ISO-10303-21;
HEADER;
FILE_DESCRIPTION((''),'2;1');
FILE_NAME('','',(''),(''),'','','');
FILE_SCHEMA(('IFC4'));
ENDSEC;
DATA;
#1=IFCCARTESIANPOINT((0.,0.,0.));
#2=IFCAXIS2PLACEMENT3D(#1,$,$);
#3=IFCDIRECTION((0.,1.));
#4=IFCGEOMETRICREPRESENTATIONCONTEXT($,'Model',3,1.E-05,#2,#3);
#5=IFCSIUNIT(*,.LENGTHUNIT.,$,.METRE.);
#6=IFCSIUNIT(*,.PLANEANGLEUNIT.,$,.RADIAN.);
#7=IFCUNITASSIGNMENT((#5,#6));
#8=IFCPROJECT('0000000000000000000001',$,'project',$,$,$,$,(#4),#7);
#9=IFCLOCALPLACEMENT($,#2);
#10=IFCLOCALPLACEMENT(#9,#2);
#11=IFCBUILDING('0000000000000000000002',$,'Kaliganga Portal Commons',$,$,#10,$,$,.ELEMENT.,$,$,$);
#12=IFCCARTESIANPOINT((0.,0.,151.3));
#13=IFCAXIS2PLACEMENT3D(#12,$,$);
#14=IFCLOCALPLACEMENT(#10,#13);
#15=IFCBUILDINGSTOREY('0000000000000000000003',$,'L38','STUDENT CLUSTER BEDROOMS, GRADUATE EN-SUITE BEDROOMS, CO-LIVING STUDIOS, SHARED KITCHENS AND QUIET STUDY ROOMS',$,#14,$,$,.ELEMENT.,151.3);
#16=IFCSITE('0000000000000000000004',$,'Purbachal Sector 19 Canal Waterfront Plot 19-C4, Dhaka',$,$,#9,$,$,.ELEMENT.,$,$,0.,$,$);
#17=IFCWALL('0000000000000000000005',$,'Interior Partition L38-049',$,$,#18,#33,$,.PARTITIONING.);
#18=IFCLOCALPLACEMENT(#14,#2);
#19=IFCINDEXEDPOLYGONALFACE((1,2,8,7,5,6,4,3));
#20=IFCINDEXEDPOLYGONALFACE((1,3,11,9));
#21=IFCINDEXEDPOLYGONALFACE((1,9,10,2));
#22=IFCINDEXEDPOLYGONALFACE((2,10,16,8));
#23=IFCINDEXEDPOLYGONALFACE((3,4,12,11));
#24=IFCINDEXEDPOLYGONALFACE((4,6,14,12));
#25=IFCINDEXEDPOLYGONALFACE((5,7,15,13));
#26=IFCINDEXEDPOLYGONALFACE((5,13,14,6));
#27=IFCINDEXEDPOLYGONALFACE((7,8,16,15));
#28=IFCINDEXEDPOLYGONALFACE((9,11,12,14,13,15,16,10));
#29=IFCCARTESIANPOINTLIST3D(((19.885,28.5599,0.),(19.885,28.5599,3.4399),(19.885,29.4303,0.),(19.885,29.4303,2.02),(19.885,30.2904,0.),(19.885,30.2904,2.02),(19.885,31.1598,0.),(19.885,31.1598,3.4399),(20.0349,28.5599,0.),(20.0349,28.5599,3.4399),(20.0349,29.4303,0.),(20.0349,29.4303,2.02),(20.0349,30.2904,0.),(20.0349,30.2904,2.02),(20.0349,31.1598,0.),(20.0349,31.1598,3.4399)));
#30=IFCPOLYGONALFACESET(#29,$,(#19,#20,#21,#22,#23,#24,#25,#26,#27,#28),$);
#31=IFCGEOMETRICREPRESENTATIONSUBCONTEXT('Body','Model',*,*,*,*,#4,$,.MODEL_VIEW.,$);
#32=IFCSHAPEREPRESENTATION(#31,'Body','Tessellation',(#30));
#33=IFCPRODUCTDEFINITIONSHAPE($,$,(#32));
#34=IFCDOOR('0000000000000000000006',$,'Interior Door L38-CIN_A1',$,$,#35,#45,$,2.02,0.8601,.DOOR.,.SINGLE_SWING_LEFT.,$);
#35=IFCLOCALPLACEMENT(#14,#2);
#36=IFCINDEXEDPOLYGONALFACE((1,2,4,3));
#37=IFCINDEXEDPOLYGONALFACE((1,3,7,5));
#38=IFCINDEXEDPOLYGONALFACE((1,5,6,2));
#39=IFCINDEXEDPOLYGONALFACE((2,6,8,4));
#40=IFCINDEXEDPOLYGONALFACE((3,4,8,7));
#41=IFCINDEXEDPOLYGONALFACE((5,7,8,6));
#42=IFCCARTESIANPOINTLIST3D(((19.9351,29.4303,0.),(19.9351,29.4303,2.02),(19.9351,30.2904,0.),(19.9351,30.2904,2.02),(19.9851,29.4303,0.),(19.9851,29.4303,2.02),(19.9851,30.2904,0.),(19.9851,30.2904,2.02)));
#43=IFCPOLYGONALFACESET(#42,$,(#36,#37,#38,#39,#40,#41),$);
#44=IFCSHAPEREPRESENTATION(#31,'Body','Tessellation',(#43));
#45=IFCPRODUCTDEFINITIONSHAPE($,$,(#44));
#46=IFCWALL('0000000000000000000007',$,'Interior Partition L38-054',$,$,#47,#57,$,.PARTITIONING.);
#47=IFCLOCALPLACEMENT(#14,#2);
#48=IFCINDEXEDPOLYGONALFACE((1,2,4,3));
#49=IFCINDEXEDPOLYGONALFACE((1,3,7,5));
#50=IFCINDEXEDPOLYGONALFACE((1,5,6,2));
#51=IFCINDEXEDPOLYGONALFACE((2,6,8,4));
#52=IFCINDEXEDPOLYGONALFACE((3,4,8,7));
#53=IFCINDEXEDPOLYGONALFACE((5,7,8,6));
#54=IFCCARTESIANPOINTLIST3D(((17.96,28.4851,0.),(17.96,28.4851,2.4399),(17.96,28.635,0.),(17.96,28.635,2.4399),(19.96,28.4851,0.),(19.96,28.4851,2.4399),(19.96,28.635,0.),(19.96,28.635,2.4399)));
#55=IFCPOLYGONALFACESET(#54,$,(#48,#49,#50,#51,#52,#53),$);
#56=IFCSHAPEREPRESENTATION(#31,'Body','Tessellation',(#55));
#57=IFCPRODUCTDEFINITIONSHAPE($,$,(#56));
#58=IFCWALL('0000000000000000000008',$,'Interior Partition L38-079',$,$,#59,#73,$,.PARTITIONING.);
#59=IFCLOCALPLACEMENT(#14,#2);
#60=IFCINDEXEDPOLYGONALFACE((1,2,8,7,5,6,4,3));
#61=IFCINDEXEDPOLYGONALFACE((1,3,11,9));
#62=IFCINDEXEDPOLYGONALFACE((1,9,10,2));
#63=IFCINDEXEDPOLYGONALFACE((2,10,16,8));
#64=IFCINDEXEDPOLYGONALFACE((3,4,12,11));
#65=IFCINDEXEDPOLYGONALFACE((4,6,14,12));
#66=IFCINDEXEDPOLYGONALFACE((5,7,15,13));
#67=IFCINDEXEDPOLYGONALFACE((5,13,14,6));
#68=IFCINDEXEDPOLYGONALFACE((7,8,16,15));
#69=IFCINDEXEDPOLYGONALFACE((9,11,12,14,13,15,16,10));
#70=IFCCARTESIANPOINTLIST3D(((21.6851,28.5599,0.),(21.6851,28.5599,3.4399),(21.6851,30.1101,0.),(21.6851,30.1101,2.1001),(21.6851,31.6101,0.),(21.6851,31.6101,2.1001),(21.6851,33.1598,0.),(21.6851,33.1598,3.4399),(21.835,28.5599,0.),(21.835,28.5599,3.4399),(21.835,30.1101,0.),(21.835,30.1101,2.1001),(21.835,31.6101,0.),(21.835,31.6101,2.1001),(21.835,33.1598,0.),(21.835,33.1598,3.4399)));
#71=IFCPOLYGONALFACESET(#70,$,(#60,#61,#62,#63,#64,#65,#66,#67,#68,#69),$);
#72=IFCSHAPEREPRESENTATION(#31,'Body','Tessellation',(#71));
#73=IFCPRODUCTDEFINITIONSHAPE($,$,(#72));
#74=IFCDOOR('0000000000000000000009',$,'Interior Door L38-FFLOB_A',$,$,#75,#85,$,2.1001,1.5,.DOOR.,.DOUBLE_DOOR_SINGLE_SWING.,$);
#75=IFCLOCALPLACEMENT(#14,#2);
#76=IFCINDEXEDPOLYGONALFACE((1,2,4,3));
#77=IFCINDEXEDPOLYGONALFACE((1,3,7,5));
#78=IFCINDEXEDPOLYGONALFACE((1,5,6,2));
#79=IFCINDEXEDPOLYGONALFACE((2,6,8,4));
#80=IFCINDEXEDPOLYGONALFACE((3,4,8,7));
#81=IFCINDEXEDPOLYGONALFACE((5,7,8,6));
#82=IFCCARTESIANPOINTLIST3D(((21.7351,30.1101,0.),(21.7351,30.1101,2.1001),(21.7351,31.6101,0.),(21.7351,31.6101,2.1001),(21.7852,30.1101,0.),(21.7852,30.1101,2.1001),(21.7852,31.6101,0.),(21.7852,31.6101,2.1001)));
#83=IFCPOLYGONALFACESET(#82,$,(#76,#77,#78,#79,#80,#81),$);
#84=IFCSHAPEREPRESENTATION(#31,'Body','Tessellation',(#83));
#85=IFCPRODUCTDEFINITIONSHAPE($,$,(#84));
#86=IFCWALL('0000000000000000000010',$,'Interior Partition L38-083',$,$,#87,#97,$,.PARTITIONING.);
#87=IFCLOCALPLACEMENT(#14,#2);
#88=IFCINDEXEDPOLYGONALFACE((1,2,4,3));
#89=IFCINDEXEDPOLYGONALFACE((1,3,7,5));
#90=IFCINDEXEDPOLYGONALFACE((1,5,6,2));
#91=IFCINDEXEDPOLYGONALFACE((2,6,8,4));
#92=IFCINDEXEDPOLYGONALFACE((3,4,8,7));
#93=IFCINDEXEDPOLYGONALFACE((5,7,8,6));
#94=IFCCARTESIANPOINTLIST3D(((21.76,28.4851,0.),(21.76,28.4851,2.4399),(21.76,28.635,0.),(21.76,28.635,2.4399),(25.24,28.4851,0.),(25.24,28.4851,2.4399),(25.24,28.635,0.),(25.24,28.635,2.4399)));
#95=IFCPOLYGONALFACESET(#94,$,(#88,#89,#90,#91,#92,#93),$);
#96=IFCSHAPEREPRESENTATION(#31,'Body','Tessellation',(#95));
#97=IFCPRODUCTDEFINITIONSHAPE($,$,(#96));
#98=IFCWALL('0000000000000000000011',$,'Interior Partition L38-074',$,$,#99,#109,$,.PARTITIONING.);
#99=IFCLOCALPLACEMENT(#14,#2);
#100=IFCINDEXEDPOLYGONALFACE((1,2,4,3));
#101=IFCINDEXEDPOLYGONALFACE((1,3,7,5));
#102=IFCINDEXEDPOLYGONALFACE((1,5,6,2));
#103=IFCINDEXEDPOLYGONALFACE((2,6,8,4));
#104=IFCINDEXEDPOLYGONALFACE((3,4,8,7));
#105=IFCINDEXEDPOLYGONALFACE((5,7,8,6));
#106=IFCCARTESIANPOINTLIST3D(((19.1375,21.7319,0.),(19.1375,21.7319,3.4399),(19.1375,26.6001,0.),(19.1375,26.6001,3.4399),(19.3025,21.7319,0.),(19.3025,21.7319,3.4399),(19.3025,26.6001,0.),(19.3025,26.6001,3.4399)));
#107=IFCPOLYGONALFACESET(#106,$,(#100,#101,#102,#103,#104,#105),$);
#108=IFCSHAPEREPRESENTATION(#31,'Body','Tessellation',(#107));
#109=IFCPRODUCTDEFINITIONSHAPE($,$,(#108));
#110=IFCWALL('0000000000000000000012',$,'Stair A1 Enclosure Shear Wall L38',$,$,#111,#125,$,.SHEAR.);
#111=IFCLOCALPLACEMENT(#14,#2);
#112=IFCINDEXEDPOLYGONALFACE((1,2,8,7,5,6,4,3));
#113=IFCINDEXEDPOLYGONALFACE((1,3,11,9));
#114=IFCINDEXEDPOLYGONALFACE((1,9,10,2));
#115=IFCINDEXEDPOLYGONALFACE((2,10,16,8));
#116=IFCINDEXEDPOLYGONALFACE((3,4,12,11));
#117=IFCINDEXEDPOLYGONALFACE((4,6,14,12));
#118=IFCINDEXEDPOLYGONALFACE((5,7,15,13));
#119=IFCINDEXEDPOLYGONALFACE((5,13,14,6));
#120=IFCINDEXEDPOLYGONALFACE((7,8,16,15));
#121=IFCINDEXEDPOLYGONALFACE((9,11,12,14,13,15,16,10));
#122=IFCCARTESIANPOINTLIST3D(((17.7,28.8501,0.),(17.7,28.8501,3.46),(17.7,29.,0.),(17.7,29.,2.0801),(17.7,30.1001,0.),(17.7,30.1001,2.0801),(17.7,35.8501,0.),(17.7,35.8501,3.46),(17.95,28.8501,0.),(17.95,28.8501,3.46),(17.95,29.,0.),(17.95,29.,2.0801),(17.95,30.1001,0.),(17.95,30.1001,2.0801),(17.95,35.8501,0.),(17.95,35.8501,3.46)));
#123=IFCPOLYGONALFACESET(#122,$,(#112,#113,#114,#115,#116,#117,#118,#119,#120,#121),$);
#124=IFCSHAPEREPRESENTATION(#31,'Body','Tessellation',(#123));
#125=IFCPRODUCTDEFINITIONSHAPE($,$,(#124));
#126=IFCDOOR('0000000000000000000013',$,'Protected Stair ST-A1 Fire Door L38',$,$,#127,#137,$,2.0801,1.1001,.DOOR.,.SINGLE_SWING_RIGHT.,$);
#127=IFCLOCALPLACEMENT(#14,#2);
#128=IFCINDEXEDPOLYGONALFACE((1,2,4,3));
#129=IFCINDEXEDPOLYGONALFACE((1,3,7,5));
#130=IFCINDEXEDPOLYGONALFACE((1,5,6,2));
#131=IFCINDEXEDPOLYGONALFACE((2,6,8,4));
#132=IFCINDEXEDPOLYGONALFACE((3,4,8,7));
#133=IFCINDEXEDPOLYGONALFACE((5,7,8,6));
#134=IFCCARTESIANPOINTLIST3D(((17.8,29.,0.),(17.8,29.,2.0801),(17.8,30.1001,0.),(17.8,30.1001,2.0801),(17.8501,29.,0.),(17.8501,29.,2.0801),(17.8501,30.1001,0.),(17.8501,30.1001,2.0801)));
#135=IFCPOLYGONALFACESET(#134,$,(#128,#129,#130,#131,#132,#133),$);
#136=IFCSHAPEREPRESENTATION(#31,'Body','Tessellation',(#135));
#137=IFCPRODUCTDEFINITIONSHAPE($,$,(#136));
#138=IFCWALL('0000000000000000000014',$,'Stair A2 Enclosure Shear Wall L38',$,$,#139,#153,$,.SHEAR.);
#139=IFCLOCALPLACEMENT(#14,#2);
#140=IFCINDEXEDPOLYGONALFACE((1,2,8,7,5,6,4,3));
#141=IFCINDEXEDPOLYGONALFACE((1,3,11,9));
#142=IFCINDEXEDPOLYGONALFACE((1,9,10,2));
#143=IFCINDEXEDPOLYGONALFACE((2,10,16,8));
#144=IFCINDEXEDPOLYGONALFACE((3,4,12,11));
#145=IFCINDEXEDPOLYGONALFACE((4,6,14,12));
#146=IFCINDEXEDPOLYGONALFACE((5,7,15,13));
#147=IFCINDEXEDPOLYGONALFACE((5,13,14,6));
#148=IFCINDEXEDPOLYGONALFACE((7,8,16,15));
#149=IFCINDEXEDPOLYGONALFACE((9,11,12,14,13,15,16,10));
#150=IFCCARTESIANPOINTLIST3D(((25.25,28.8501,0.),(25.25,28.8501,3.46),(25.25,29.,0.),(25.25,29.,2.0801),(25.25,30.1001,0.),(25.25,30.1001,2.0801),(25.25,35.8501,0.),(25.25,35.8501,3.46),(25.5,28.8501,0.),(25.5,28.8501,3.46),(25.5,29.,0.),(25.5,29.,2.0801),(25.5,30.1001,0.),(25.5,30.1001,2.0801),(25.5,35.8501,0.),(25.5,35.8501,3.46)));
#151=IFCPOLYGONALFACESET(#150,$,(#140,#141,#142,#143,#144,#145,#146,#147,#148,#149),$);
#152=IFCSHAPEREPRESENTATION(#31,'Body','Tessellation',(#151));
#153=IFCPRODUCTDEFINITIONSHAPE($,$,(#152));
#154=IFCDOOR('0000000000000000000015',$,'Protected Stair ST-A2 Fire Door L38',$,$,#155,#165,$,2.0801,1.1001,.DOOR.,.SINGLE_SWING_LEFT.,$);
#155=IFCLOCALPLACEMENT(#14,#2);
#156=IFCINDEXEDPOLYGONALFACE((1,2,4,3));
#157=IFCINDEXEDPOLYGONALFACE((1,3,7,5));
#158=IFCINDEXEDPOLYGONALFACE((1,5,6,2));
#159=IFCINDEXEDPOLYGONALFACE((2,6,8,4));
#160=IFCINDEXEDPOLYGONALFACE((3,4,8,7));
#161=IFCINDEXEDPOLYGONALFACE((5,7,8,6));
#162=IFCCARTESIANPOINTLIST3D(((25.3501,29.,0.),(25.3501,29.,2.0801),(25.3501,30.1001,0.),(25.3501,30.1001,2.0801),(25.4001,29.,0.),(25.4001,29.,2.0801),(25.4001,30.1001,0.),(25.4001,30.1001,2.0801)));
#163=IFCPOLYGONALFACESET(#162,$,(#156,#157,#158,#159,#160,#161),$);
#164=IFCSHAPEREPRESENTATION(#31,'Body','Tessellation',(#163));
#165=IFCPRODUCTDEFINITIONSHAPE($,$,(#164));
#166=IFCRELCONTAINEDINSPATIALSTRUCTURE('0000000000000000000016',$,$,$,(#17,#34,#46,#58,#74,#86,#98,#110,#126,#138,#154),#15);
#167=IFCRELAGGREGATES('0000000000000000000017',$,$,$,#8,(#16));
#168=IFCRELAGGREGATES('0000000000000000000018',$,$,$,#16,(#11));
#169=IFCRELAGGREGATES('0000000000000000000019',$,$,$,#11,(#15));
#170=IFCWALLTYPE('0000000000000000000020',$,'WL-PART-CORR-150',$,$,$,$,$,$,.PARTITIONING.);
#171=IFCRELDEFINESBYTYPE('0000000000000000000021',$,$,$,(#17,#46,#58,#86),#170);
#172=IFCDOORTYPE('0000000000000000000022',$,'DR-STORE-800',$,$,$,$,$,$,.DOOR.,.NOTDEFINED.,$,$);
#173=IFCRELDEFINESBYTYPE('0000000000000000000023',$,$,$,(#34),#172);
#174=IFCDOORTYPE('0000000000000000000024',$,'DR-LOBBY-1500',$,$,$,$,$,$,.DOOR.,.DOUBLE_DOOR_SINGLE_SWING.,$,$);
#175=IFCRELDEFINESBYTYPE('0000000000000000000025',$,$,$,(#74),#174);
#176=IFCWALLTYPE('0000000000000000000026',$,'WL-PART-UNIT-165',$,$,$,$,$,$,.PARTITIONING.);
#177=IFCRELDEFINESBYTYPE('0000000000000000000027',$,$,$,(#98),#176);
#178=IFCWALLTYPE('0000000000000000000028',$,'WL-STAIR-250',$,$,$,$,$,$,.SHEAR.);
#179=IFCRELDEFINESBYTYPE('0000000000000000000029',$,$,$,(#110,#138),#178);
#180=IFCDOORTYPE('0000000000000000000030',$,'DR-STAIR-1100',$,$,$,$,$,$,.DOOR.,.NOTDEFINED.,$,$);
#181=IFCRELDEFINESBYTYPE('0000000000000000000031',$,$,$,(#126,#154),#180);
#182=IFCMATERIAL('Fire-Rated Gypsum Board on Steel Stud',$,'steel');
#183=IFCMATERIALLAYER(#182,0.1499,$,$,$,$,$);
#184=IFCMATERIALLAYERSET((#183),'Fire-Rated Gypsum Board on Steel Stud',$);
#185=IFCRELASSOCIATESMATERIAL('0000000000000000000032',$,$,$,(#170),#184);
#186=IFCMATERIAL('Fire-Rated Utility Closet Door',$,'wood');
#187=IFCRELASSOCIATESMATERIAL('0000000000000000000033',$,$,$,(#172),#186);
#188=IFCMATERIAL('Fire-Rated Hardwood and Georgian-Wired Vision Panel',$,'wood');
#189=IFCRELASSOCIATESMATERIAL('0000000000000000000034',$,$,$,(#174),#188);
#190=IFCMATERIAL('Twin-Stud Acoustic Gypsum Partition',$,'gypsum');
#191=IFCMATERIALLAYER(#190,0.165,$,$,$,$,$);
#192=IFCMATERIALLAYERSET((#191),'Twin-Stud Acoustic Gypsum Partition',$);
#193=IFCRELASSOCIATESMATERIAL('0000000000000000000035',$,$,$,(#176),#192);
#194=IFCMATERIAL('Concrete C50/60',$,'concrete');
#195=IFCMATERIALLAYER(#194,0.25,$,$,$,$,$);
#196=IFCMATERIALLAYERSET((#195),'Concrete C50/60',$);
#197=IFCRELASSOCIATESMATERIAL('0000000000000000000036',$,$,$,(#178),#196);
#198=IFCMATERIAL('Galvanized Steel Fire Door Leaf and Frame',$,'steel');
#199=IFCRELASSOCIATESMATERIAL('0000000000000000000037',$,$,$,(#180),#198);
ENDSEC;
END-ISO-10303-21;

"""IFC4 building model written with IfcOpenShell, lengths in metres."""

from ifc_helpers import new_model, si_unit, direction, frame, frame_2d, origin, place, context, subcontext, project, spatial, rectangle, extrude, material, layer, layer_set, type_object, element, fill, save


model = new_model("IFC4")

# Units and contexts
model_context = context("Model", 3, precision=1e-05, world=origin(), true_north=direction((0.0, 1.0)))
body_context = subcontext(model_context, "Body", "Model", "MODEL_VIEW")
ifc_project = project(units=[si_unit("LENGTHUNIT", "METRE"), si_unit("PLANEANGLEUNIT", "RADIAN")], contexts=[model_context])

# Site, building, storey
site_placement = place(None, origin())
site = spatial("IfcSite", under=ifc_project, at=site_placement, Name="Purbachal Sector 19 Canal Waterfront Plot 19-C4, Dhaka", CompositionType="ELEMENT", RefElevation=0.0)
building_placement = place(site_placement, origin())
building = spatial("IfcBuilding", under=site, at=building_placement, Name="Kaliganga Portal Commons", CompositionType="ELEMENT")
storey_placement = place(building_placement, frame((0.0, 0.0, 151.3)))
storey = spatial("IfcBuildingStorey", under=building, at=storey_placement, Name="L38", Description="STUDENT CLUSTER BEDROOMS, GRADUATE EN-SUITE BEDROOMS, CO-LIVING STUDIOS, SHARED KITCHENS AND QUIET STUDY ROOMS", CompositionType="ELEMENT", Elevation=151.3)

# Shared definitions
ifc_material_1 = material(Name="Concrete C50/60", Category="concrete")

# Wall, opening, door
ifc_material_2 = material(Name="Fire-Rated Gypsum Board on Steel Stud", Category="steel")
ifc_layer_1 = layer(ifc_material_2, 0.1499)
ifc_layer_set_1 = layer_set([ifc_layer_1], Name="Fire-Rated Gypsum Board on Steel Stud")
wall_type_1 = type_object("IfcWallType", Name="WL-PART-CORR-150", PredefinedType="PARTITIONING", material=ifc_layer_set_1)
wall_1_placement = place(storey_placement, frame((19.96, 28.5601, 0.0), z_axis=(0.0, 0.0, 1.0), x_axis=(0.0, 1.0, 0.0)))
wall_1 = element("IfcWall", 1, at=wall_1_placement, inside=storey, type_object=wall_type_1, Name="Interior Partition L38-049", PredefinedType="PARTITIONING", context=body_context, shape_type="SweptSolid", body=[
    extrude(rectangle(XDim=2.5999, YDim=0.1499, at=frame_2d((1.2998, 0.0))), origin(), (0.0, 0.0, 1.0), 3.4399),
])
opening_1_placement = place(wall_1_placement, frame((0.8701, 0.0, 0.0)))
opening_1 = element("IfcOpeningElement", 2, at=opening_1_placement, cuts=wall_1, PredefinedType="OPENING", context=body_context, shape_type="SweptSolid", body=[
    extrude(rectangle(XDim=0.8601, YDim=2.02, at=frame_2d((0.4302, 1.01))), frame((0.0, 0.085, 0.0), z_axis=(0.0, -1.0, 0.0), x_axis=(1.0, 0.0, 0.0)), (0.0, 0.0, 1.0), 0.1699),
])
ifc_material_3 = material(Name="Fire-Rated Utility Closet Door", Category="wood")
door_type_1 = type_object("IfcDoorType", Name="DR-STORE-800", OperationType="NOTDEFINED", PredefinedType="DOOR", material=ifc_material_3)
door_1_placement = place(opening_1_placement, origin())
door_1 = element("IfcDoor", 3, at=door_1_placement, inside=storey, type_object=door_type_1, Name="Interior Door L38-CIN_A1", OperationType="SINGLE_SWING_LEFT", OverallHeight=2.02, OverallWidth=0.8601, PredefinedType="DOOR", context=body_context, shape_type="SweptSolid", body=[
    extrude(rectangle(XDim=0.8601, YDim=2.02, at=frame_2d((0.4302, 1.01))), frame((0.0, 0.0249, 0.0), z_axis=(0.0, -1.0, 0.0), x_axis=(1.0, 0.0, 0.0)), (0.0, 0.0, 1.0), 0.05),
])
fill(opening_1, door_1)

# Wall
wall_2_placement = place(storey_placement, frame((17.96, 28.5601, 0.0), z_axis=(0.0, 0.0, 1.0), x_axis=(1.0, 0.0, 0.0)))
element("IfcWall", 4, at=wall_2_placement, inside=storey, type_object=wall_type_1, Name="Interior Partition L38-054", PredefinedType="PARTITIONING", context=body_context, shape_type="SweptSolid", body=[
    extrude(rectangle(XDim=2.0, YDim=0.1499, at=frame_2d((1.0, 0.0))), origin(), (0.0, 0.0, 1.0), 2.4399),
])

# Wall, opening, door
wall_3_placement = place(storey_placement, frame((21.76, 28.5601, 0.0), z_axis=(0.0, 0.0, 1.0), x_axis=(0.0, 1.0, 0.0)))
wall_3 = element("IfcWall", 5, at=wall_3_placement, inside=storey, type_object=wall_type_1, Name="Interior Partition L38-079", PredefinedType="PARTITIONING", context=body_context, shape_type="SweptSolid", body=[
    extrude(rectangle(XDim=4.5999, YDim=0.1499, at=frame_2d((2.2998, 0.0))), origin(), (0.0, 0.0, 1.0), 3.4399),
])
opening_2_placement = place(wall_3_placement, frame((1.55, 0.0, 0.0)))
opening_2 = element("IfcOpeningElement", 6, at=opening_2_placement, cuts=wall_3, PredefinedType="OPENING", context=body_context, shape_type="SweptSolid", body=[
    extrude(rectangle(XDim=1.5, YDim=2.1001, at=frame_2d((0.75, 1.05))), frame((0.0, 0.085, 0.0), z_axis=(0.0, -1.0, 0.0), x_axis=(1.0, 0.0, 0.0)), (0.0, 0.0, 1.0), 0.1699),
])
ifc_material_4 = material(Name="Fire-Rated Hardwood and Georgian-Wired Vision Panel", Category="wood")
door_type_2 = type_object("IfcDoorType", Name="DR-LOBBY-1500", OperationType="DOUBLE_DOOR_SINGLE_SWING", PredefinedType="DOOR", material=ifc_material_4)
door_2_placement = place(opening_2_placement, origin())
door_2 = element("IfcDoor", 7, at=door_2_placement, inside=storey, type_object=door_type_2, Name="Interior Door L38-FFLOB_A", OperationType="DOUBLE_DOOR_SINGLE_SWING", OverallHeight=2.1001, OverallWidth=1.5, PredefinedType="DOOR", context=body_context, shape_type="SweptSolid", body=[
    extrude(rectangle(XDim=1.5, YDim=2.1001, at=frame_2d((0.75, 1.05))), frame((0.0, 0.0249, 0.0), z_axis=(0.0, -1.0, 0.0), x_axis=(1.0, 0.0, 0.0)), (0.0, 0.0, 1.0), 0.05),
])
fill(opening_2, door_2)

# Walls
wall_4_placement = place(storey_placement, frame((21.76, 28.5601, 0.0), z_axis=(0.0, 0.0, 1.0), x_axis=(1.0, 0.0, 0.0)))
element("IfcWall", 8, at=wall_4_placement, inside=storey, type_object=wall_type_1, Name="Interior Partition L38-083", PredefinedType="PARTITIONING", context=body_context, shape_type="SweptSolid", body=[
    extrude(rectangle(XDim=3.48, YDim=0.1499, at=frame_2d((1.74, 0.0))), origin(), (0.0, 0.0, 1.0), 2.4399),
])
ifc_material_5 = material(Name="Twin-Stud Acoustic Gypsum Partition", Category="gypsum")
ifc_layer_2 = layer(ifc_material_5, 0.165)
ifc_layer_set_2 = layer_set([ifc_layer_2], Name="Twin-Stud Acoustic Gypsum Partition")
wall_type_2 = type_object("IfcWallType", Name="WL-PART-UNIT-165", PredefinedType="PARTITIONING", material=ifc_layer_set_2)
wall_5_placement = place(storey_placement, frame((19.22, 21.7319, 0.0), z_axis=(0.0, 0.0, 1.0), x_axis=(0.0, 1.0, 0.0)))
element("IfcWall", 9, at=wall_5_placement, inside=storey, type_object=wall_type_2, Name="Interior Partition L38-074", PredefinedType="PARTITIONING", context=body_context, shape_type="SweptSolid", body=[
    extrude(rectangle(XDim=4.8682, YDim=0.165, at=frame_2d((2.4341, 0.0))), origin(), (0.0, 0.0, 1.0), 3.4399),
])

# Walls, openings, doors
ifc_layer_3 = layer(ifc_material_1, 0.25)
ifc_layer_set_3 = layer_set([ifc_layer_3], Name="Concrete C50/60")
wall_type_3 = type_object("IfcWallType", Name="WL-STAIR-250", PredefinedType="SHEAR", material=ifc_layer_set_3)
wall_6_placement = place(storey_placement, frame((17.825, 28.8501, 0.0), z_axis=(0.0, 0.0, 1.0), x_axis=(0.0, 1.0, 0.0)))
wall_6 = element("IfcWall", 10, at=wall_6_placement, inside=storey, type_object=wall_type_3, Name="Stair A1 Enclosure Shear Wall L38", PredefinedType="SHEAR", context=body_context, shape_type="SweptSolid", body=[
    extrude(rectangle(XDim=7.0, YDim=0.25, at=frame_2d((3.5, 0.0))), origin(), (0.0, 0.0, 1.0), 3.46),
])
opening_3_placement = place(wall_6_placement, frame((0.1499, 0.0, 0.0)))
opening_3 = element("IfcOpeningElement", 11, at=opening_3_placement, cuts=wall_6, PredefinedType="OPENING", context=body_context, shape_type="SweptSolid", body=[
    extrude(rectangle(XDim=1.1001, YDim=2.0801, at=frame_2d((0.55, 1.04))), frame((0.0, 0.135, 0.0), z_axis=(0.0, -1.0, 0.0), x_axis=(1.0, 0.0, 0.0)), (0.0, 0.0, 1.0), 0.27),
])
ifc_material_6 = material(Name="Galvanized Steel Fire Door Leaf and Frame", Category="steel")
door_type_3 = type_object("IfcDoorType", Name="DR-STAIR-1100", OperationType="NOTDEFINED", PredefinedType="DOOR", material=ifc_material_6)
door_3_placement = place(opening_3_placement, origin())
door_3 = element("IfcDoor", 12, at=door_3_placement, inside=storey, type_object=door_type_3, Name="Protected Stair ST-A1 Fire Door L38", OperationType="SINGLE_SWING_RIGHT", OverallHeight=2.0801, OverallWidth=1.1001, PredefinedType="DOOR", context=body_context, shape_type="SweptSolid", body=[
    extrude(rectangle(XDim=1.1001, YDim=2.0801, at=frame_2d((0.55, 1.04))), frame((0.0, 0.0249, 0.0), z_axis=(0.0, -1.0, 0.0), x_axis=(1.0, 0.0, 0.0)), (0.0, 0.0, 1.0), 0.05),
])
fill(opening_3, door_3)
wall_7_placement = place(storey_placement, frame((25.375, 28.8501, 0.0), z_axis=(0.0, 0.0, 1.0), x_axis=(0.0, 1.0, 0.0)))
wall_7 = element("IfcWall", 13, at=wall_7_placement, inside=storey, type_object=wall_type_3, Name="Stair A2 Enclosure Shear Wall L38", PredefinedType="SHEAR", context=body_context, shape_type="SweptSolid", body=[
    extrude(rectangle(XDim=7.0, YDim=0.25, at=frame_2d((3.5, 0.0))), origin(), (0.0, 0.0, 1.0), 3.46),
])
opening_4_placement = place(wall_7_placement, frame((0.1499, 0.0, 0.0)))
opening_4 = element("IfcOpeningElement", 14, at=opening_4_placement, cuts=wall_7, PredefinedType="OPENING", context=body_context, shape_type="SweptSolid", body=[
    extrude(rectangle(XDim=1.1001, YDim=2.0801, at=frame_2d((0.55, 1.04))), frame((0.0, 0.135, 0.0), z_axis=(0.0, -1.0, 0.0), x_axis=(1.0, 0.0, 0.0)), (0.0, 0.0, 1.0), 0.27),
])
door_4_placement = place(opening_4_placement, origin())
door_4 = element("IfcDoor", 15, at=door_4_placement, inside=storey, type_object=door_type_3, Name="Protected Stair ST-A2 Fire Door L38", OperationType="SINGLE_SWING_LEFT", OverallHeight=2.0801, OverallWidth=1.1001, PredefinedType="DOOR", context=body_context, shape_type="SweptSolid", body=[
    extrude(rectangle(XDim=1.1001, YDim=2.0801, at=frame_2d((0.55, 1.04))), frame((0.0, 0.0249, 0.0), z_axis=(0.0, -1.0, 0.0), x_axis=(1.0, 0.0, 0.0)), (0.0, 0.0, 1.0), 0.05),
])
fill(opening_4, door_4)

save(model, "model.ifc")
